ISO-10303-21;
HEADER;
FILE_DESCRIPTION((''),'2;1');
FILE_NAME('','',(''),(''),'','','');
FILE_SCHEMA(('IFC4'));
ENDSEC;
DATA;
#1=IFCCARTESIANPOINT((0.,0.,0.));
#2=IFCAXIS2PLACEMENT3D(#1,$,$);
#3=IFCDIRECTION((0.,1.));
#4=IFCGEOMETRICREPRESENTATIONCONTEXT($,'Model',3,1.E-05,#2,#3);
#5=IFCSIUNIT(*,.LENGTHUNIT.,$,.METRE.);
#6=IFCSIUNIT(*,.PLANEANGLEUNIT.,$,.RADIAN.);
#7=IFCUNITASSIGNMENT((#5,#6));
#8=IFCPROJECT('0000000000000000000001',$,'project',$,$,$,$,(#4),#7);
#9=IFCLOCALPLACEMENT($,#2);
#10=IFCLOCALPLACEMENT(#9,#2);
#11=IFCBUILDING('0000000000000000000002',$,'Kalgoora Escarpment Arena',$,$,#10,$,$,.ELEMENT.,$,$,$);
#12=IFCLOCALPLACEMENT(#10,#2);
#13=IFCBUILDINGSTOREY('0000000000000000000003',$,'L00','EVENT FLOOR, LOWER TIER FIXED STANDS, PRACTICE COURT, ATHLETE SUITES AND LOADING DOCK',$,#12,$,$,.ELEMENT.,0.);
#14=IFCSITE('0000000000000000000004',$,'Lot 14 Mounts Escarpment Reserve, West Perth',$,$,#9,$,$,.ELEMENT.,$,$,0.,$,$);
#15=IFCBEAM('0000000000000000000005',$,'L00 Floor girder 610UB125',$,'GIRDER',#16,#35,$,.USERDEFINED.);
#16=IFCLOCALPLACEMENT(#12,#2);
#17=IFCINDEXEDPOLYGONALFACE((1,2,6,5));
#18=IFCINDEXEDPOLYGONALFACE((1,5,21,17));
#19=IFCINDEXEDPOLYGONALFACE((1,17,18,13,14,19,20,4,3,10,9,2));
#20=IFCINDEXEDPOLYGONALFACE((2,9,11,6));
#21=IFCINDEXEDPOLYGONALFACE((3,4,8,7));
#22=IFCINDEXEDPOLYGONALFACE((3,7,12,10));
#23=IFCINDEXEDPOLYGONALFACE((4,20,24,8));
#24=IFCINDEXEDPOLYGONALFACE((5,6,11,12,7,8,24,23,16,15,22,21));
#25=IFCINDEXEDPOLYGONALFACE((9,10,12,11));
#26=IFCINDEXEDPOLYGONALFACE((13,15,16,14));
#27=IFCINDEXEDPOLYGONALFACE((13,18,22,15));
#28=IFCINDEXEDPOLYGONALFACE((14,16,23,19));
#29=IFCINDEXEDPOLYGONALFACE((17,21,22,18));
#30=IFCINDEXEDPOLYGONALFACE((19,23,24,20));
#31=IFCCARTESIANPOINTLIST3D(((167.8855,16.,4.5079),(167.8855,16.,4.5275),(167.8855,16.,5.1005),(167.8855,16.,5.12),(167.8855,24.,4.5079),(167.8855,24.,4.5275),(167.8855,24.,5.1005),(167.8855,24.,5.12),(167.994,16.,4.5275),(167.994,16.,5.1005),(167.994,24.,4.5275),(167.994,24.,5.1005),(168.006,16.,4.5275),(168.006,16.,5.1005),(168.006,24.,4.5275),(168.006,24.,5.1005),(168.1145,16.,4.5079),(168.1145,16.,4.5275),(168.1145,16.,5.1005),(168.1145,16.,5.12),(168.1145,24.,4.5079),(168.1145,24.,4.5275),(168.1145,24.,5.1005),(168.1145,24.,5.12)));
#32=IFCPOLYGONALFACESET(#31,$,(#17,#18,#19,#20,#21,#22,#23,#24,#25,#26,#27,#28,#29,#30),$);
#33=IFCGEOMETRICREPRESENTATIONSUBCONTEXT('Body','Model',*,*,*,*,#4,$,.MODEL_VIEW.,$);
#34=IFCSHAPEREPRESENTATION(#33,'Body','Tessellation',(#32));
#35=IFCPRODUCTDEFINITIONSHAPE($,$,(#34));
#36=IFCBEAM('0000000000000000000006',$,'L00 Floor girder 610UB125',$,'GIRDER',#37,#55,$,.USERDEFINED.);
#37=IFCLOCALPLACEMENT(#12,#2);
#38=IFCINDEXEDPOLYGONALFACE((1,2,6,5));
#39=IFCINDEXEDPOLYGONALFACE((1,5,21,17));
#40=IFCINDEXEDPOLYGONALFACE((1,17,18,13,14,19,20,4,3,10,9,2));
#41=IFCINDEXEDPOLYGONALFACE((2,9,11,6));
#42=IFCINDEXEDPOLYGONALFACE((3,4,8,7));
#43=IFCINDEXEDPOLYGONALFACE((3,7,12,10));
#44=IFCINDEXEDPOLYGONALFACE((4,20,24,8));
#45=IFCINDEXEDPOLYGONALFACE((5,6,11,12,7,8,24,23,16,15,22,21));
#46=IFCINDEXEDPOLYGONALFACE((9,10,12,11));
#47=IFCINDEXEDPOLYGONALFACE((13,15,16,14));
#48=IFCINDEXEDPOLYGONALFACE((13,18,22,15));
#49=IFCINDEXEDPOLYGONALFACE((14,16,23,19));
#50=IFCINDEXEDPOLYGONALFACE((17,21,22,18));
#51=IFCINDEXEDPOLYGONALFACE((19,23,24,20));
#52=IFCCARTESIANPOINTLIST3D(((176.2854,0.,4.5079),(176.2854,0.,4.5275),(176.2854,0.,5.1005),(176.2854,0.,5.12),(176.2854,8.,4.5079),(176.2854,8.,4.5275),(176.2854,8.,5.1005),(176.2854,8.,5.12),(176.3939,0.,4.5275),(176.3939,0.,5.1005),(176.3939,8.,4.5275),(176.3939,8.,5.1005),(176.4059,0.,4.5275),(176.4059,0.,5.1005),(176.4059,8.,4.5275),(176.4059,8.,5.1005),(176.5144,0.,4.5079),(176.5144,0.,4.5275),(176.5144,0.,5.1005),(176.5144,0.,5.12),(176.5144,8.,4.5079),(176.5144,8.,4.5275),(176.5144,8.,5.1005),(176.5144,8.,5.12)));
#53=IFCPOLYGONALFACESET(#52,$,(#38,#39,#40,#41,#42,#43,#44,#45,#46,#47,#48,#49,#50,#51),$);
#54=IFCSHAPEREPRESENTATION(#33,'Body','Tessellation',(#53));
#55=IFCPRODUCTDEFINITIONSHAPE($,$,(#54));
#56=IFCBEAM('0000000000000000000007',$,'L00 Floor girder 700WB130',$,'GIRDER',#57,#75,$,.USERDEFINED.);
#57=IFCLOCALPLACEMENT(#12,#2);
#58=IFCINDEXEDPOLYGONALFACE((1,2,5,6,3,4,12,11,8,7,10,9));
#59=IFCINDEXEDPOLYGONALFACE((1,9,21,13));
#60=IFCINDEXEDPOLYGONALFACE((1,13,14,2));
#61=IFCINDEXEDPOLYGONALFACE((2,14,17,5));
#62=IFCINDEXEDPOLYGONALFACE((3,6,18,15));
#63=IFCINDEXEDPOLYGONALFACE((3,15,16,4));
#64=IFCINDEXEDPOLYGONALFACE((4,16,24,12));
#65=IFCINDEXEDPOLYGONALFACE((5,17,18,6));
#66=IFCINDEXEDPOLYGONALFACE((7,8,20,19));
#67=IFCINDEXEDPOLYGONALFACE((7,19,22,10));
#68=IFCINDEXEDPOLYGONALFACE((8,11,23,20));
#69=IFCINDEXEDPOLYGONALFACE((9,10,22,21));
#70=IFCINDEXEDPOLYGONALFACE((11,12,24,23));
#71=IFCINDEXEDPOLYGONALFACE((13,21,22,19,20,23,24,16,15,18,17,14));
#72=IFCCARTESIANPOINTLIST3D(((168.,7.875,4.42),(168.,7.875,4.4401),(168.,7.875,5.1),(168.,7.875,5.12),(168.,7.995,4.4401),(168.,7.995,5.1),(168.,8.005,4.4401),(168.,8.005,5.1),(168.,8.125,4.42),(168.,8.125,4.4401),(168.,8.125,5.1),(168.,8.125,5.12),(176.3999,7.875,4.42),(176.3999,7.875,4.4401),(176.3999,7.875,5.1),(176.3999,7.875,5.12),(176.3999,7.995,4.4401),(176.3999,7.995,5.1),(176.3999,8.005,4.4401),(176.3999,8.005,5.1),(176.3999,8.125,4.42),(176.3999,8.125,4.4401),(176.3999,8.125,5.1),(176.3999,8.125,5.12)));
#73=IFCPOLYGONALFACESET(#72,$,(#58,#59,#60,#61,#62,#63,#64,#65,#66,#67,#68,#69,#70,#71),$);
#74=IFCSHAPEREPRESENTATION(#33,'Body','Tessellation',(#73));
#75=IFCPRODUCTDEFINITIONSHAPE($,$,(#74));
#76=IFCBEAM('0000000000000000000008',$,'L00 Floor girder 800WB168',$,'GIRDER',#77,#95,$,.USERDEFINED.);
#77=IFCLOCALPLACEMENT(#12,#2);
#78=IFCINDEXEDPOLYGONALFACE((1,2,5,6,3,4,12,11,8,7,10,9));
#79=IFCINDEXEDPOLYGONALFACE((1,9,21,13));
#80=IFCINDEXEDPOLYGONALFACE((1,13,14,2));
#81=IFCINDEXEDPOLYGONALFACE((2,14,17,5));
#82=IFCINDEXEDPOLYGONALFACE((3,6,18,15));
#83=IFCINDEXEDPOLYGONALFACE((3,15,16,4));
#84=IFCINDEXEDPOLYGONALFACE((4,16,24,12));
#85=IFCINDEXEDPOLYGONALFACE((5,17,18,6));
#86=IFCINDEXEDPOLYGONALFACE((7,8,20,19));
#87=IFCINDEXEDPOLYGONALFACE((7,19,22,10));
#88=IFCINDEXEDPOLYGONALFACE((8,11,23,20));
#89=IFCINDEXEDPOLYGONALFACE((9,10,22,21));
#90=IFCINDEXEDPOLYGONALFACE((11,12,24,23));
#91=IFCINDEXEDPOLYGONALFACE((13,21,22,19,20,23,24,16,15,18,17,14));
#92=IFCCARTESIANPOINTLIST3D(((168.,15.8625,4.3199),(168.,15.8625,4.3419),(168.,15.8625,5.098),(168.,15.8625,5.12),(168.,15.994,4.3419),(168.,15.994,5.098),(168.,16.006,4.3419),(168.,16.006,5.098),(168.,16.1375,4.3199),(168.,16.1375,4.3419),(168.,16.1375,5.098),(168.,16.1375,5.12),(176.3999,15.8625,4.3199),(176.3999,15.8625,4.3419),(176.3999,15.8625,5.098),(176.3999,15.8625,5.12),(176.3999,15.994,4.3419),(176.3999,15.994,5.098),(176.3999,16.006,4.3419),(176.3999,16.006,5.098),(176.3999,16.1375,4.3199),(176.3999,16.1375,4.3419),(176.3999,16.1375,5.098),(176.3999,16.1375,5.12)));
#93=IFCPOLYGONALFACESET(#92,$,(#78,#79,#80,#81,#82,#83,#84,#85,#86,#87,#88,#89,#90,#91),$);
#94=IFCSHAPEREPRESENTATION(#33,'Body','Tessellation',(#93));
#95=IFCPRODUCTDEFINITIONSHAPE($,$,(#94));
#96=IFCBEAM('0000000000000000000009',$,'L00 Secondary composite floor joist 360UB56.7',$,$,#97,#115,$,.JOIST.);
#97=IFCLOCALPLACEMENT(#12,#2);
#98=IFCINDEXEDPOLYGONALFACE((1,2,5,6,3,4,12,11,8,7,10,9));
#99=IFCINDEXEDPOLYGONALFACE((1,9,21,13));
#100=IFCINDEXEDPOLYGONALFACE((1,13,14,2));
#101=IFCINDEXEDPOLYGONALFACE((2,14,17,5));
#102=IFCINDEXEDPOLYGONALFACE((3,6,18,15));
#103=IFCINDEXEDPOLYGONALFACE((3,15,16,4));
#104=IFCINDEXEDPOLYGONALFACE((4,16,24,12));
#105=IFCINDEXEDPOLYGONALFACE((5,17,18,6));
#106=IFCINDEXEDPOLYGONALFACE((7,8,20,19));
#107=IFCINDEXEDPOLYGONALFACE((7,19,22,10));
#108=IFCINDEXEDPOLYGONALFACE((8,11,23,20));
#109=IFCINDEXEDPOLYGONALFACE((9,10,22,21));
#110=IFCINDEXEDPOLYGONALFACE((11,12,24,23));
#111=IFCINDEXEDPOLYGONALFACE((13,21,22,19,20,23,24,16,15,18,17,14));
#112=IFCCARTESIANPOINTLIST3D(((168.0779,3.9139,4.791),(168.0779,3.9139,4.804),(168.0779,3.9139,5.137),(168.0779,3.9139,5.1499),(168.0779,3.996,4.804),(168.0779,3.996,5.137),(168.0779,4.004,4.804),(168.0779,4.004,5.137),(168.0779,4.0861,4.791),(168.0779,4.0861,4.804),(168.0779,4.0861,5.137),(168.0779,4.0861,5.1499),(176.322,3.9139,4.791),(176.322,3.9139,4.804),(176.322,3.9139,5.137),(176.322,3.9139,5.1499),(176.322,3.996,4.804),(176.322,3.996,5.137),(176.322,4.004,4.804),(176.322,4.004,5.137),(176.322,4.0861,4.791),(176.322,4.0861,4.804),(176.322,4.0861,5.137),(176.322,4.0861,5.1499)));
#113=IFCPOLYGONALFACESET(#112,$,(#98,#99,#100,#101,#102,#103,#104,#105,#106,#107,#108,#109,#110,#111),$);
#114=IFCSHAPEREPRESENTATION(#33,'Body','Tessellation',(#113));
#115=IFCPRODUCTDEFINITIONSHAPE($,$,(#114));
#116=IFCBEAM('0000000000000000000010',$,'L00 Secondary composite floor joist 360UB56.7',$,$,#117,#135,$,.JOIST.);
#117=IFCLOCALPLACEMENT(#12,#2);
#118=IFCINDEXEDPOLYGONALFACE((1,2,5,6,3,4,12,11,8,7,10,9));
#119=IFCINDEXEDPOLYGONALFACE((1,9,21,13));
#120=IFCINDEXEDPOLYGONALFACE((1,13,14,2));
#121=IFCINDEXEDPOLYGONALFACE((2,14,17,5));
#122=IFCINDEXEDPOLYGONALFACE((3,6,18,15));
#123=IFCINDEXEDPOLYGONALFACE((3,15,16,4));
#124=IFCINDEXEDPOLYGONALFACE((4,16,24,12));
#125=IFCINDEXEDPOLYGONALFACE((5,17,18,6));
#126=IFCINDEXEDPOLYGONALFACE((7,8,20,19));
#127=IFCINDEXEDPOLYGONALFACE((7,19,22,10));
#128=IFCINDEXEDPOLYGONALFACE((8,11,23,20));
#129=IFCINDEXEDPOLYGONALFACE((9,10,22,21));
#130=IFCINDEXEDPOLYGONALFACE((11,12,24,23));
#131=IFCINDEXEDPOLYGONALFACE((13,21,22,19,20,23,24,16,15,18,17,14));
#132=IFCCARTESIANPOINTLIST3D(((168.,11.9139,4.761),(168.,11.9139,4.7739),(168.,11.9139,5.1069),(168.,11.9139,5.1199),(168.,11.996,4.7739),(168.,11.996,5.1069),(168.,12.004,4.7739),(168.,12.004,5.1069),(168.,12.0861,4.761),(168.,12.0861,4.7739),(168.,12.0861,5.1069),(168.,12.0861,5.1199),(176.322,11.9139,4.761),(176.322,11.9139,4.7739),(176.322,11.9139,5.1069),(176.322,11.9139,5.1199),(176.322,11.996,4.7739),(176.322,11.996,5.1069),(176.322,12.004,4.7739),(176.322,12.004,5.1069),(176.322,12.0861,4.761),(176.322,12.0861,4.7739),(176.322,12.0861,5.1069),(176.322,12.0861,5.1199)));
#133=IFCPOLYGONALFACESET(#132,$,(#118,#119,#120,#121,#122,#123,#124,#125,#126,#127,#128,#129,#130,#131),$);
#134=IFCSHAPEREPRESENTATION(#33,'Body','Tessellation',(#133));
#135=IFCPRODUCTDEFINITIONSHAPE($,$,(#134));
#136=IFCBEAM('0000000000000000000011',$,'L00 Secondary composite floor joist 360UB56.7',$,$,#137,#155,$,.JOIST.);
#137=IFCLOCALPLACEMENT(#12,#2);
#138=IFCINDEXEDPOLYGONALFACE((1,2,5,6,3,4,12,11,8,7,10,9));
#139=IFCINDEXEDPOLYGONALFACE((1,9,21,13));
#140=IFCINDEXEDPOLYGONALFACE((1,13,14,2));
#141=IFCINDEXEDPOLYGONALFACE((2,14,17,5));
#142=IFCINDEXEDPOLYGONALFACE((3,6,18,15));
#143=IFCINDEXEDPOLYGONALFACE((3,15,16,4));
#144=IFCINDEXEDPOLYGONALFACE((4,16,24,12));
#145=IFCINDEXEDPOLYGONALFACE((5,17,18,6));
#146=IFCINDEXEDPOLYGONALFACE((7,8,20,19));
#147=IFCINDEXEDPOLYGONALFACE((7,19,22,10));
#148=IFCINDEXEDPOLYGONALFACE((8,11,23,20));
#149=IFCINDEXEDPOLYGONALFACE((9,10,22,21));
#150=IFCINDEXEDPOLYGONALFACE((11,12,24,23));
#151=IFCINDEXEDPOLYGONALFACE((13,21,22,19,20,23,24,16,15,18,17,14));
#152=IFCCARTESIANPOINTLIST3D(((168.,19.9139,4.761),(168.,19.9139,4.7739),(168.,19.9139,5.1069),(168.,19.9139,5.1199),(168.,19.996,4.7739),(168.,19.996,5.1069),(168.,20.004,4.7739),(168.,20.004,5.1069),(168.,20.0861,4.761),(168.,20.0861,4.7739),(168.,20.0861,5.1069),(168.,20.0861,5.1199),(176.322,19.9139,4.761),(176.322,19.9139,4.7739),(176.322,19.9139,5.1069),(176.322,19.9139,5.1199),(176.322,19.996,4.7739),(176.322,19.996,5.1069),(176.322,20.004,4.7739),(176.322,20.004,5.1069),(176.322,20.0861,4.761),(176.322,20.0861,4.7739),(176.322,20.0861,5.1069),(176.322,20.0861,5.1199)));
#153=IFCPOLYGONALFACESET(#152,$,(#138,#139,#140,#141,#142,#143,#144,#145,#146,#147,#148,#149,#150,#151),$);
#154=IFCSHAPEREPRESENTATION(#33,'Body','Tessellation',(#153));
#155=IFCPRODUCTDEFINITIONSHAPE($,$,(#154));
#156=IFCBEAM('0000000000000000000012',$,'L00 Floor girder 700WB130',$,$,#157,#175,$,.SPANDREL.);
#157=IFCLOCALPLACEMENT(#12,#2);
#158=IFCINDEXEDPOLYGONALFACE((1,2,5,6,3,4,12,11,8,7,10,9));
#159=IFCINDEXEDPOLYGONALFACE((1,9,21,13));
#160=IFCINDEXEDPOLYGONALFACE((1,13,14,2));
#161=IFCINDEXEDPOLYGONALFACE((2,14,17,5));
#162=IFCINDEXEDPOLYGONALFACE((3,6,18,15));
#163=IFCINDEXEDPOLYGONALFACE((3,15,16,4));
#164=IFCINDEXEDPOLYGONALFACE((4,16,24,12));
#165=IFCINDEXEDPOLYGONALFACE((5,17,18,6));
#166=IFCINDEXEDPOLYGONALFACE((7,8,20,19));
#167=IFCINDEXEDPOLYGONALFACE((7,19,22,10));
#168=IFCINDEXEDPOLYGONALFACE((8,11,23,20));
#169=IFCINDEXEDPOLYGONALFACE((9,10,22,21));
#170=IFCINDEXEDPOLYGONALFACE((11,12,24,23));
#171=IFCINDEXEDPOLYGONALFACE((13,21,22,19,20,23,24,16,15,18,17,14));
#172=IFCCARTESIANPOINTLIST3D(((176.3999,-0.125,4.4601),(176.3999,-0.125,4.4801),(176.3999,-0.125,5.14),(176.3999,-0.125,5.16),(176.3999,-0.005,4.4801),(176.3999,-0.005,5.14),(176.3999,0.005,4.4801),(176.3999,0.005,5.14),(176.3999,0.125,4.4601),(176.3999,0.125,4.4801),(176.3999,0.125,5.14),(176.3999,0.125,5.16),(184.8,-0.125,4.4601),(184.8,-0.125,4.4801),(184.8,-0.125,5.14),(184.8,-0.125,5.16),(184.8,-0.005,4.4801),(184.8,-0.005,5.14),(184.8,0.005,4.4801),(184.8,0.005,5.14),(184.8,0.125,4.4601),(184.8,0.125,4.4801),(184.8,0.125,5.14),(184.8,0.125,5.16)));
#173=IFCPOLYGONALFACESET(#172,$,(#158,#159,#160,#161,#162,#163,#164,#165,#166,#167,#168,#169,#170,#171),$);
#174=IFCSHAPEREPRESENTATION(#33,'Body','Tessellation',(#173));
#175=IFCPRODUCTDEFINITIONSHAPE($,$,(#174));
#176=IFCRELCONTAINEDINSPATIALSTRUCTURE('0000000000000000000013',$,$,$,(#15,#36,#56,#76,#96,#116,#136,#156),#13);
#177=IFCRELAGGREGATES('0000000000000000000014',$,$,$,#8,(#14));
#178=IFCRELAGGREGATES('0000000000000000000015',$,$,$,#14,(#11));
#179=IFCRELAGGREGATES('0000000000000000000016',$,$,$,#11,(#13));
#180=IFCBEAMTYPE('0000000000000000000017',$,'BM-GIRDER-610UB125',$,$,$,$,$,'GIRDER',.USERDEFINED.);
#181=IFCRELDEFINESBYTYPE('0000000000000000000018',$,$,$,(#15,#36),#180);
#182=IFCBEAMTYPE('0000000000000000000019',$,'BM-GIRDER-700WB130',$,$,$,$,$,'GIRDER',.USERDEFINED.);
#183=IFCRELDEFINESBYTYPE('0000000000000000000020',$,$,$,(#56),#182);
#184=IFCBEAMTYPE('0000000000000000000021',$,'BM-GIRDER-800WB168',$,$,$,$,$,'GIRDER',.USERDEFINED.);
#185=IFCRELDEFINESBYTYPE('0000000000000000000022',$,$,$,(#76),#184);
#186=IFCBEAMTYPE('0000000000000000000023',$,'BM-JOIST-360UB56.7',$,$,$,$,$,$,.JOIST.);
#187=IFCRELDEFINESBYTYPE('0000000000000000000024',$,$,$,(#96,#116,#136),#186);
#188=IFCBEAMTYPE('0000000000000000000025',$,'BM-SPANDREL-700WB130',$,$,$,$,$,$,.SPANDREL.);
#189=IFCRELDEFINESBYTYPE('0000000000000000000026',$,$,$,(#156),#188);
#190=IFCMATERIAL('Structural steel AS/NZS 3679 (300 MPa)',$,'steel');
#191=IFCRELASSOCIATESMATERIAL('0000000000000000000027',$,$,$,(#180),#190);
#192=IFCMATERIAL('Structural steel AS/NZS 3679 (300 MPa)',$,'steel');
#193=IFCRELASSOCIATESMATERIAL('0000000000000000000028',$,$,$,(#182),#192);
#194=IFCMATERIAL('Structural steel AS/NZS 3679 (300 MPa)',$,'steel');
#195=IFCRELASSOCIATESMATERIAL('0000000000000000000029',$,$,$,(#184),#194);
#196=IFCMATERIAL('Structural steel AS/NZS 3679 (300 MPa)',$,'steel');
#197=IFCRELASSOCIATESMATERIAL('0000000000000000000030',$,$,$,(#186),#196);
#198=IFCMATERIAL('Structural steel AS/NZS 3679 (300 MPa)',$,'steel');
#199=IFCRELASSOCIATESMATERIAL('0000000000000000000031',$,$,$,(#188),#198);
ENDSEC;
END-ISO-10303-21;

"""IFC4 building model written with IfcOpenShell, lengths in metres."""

from ifc_helpers import new_model, si_unit, direction, frame, origin, origin_2d, place, context, subcontext, project, spatial, i_section, extrude, material, material_profile, profile_set, type_object, element, save


model = new_model("IFC4")

# Units and contexts
model_context = context("Model", 3, precision=1e-05, world=origin(), true_north=direction((0.0, 1.0)))
body_context = subcontext(model_context, "Body", "Model", "MODEL_VIEW")
ifc_project = project(units=[si_unit("LENGTHUNIT", "METRE"), si_unit("PLANEANGLEUNIT", "RADIAN")], contexts=[model_context])

# Site, building, storey
site_placement = place(None, origin())
site = spatial("IfcSite", under=ifc_project, at=site_placement, Name="Lot 14 Mounts Escarpment Reserve, West Perth", CompositionType="ELEMENT", RefElevation=0.0)
building_placement = place(site_placement, origin())
building = spatial("IfcBuilding", under=site, at=building_placement, Name="Kalgoora Escarpment Arena", CompositionType="ELEMENT")
storey_placement = place(building_placement, origin())
storey = spatial("IfcBuildingStorey", under=building, at=storey_placement, Name="L00", Description="EVENT FLOOR, LOWER TIER FIXED STANDS, PRACTICE COURT, ATHLETE SUITES AND LOADING DOCK", CompositionType="ELEMENT", Elevation=0.0)

# Beams
ifc_material_1 = material(Name="Structural steel AS/NZS 3679 (300 MPa)", Category="steel")
ifc_material_profile_1 = material_profile(ifc_material_1, i_section(OverallWidth=0.229, OverallDepth=0.6121, WebThickness=0.012, FlangeThickness=0.0195, at=origin_2d()))
ifc_profile_set_1 = profile_set([ifc_material_profile_1], Name="Structural steel AS/NZS 3679 (300 MPa)")
beam_type_1 = type_object("IfcBeamType", Name="BM-GIRDER-610UB125", ElementType="GIRDER", PredefinedType="USERDEFINED", material=ifc_profile_set_1)
for number, where, z_axis, x_axis, name in (
    (1, (168.0, 16.0, 4.814), (0.0, 1.0, 0.0), (-1.0, 0.0, 0.0), "L00 Floor girder 610UB125"),
    (2, (176.3999, 0.0, 4.814), (0.0, 1.0, 0.0), (-1.0, 0.0, 0.0), "L00 Floor girder 610UB125"),
):
    element("IfcBeam", number, at=place(storey_placement, frame(where, z_axis=z_axis, x_axis=x_axis)), inside=storey, type_object=beam_type_1, Name=name, ObjectType="GIRDER", PredefinedType="USERDEFINED", context=body_context, shape_type="SweptSolid", body=[
        extrude(i_section(OverallWidth=0.229, OverallDepth=0.6121, WebThickness=0.012, FlangeThickness=0.0195, at=origin_2d()), origin(), (0.0, 0.0, 1.0), 8.0),
    ])
ifc_material_2 = material(Name="Structural steel AS/NZS 3679 (300 MPa)", Category="steel")
ifc_material_profile_2 = material_profile(ifc_material_2, i_section(OverallWidth=0.25, OverallDepth=0.7, WebThickness=0.01, FlangeThickness=0.02, at=origin_2d()))
ifc_profile_set_2 = profile_set([ifc_material_profile_2], Name="Structural steel AS/NZS 3679 (300 MPa)")
beam_type_2 = type_object("IfcBeamType", Name="BM-GIRDER-700WB130", ElementType="GIRDER", PredefinedType="USERDEFINED", material=ifc_profile_set_2)
beam_1_placement = place(storey_placement, frame((168.0, 8.0, 4.77), z_axis=(1.0, 0.0, 0.0), x_axis=(0.0, 1.0, 0.0)))
element("IfcBeam", 3, at=beam_1_placement, inside=storey, type_object=beam_type_2, Name="L00 Floor girder 700WB130", ObjectType="GIRDER", PredefinedType="USERDEFINED", context=body_context, shape_type="SweptSolid", body=[
    extrude(i_section(OverallWidth=0.25, OverallDepth=0.7, WebThickness=0.01, FlangeThickness=0.02, at=origin_2d()), origin(), (0.0, 0.0, 1.0), 8.3999),
])
ifc_material_3 = material(Name="Structural steel AS/NZS 3679 (300 MPa)", Category="steel")
ifc_material_profile_3 = material_profile(ifc_material_3, i_section(OverallWidth=0.2749, OverallDepth=0.8, WebThickness=0.012, FlangeThickness=0.022, at=origin_2d()))
ifc_profile_set_3 = profile_set([ifc_material_profile_3], Name="Structural steel AS/NZS 3679 (300 MPa)")
beam_type_3 = type_object("IfcBeamType", Name="BM-GIRDER-800WB168", ElementType="GIRDER", PredefinedType="USERDEFINED", material=ifc_profile_set_3)
beam_2_placement = place(storey_placement, frame((168.0, 16.0, 4.72), z_axis=(1.0, 0.0, 0.0), x_axis=(0.0, 1.0, 0.0)))
element("IfcBeam", 4, at=beam_2_placement, inside=storey, type_object=beam_type_3, Name="L00 Floor girder 800WB168", ObjectType="GIRDER", PredefinedType="USERDEFINED", context=body_context, shape_type="SweptSolid", body=[
    extrude(i_section(OverallWidth=0.2749, OverallDepth=0.8, WebThickness=0.012, FlangeThickness=0.022, at=origin_2d()), origin(), (0.0, 0.0, 1.0), 8.3999),
])
ifc_material_4 = material(Name="Structural steel AS/NZS 3679 (300 MPa)", Category="steel")
ifc_material_profile_4 = material_profile(ifc_material_4, i_section(OverallWidth=0.1721, OverallDepth=0.3589, WebThickness=0.0081, FlangeThickness=0.0129, at=origin_2d()))
ifc_profile_set_4 = profile_set([ifc_material_profile_4], Name="Structural steel AS/NZS 3679 (300 MPa)")
beam_type_4 = type_object("IfcBeamType", Name="BM-JOIST-360UB56.7", PredefinedType="JOIST", material=ifc_profile_set_4)
beam_3_placement = place(storey_placement, frame((168.0779, 4.0, 4.9705), z_axis=(1.0, 0.0, 0.0), x_axis=(0.0, 1.0, 0.0)))
element("IfcBeam", 5, at=beam_3_placement, inside=storey, type_object=beam_type_4, Name="L00 Secondary composite floor joist 360UB56.7", PredefinedType="JOIST", context=body_context, shape_type="SweptSolid", body=[
    extrude(i_section(OverallWidth=0.1721, OverallDepth=0.3589, WebThickness=0.0081, FlangeThickness=0.0129, at=origin_2d()), origin(), (0.0, 0.0, 1.0), 8.2441),
])
for number, where, z_axis, x_axis, name in (
    (6, (168.0, 12.0, 4.9404), (1.0, 0.0, 0.0), (0.0, 1.0, 0.0), "L00 Secondary composite floor joist 360UB56.7"),
    (7, (168.0, 20.0, 4.9404), (1.0, 0.0, 0.0), (0.0, 1.0, 0.0), "L00 Secondary composite floor joist 360UB56.7"),
):
    element("IfcBeam", number, at=place(storey_placement, frame(where, z_axis=z_axis, x_axis=x_axis)), inside=storey, type_object=beam_type_4, Name=name, PredefinedType="JOIST", context=body_context, shape_type="SweptSolid", body=[
        extrude(i_section(OverallWidth=0.1721, OverallDepth=0.3589, WebThickness=0.0081, FlangeThickness=0.0129, at=origin_2d()), origin(), (0.0, 0.0, 1.0), 8.322),
    ])
ifc_material_5 = material(Name="Structural steel AS/NZS 3679 (300 MPa)", Category="steel")
ifc_material_profile_5 = material_profile(ifc_material_5, i_section(OverallWidth=0.25, OverallDepth=0.7, WebThickness=0.01, FlangeThickness=0.02, at=origin_2d()))
ifc_profile_set_5 = profile_set([ifc_material_profile_5], Name="Structural steel AS/NZS 3679 (300 MPa)")
beam_type_5 = type_object("IfcBeamType", Name="BM-SPANDREL-700WB130", PredefinedType="SPANDREL", material=ifc_profile_set_5)
beam_4_placement = place(storey_placement, frame((176.3999, 0.0, 4.8101), z_axis=(1.0, 0.0, 0.0), x_axis=(0.0, 1.0, 0.0)))
element("IfcBeam", 8, at=beam_4_placement, inside=storey, type_object=beam_type_5, Name="L00 Floor girder 700WB130", PredefinedType="SPANDREL", context=body_context, shape_type="SweptSolid", body=[
    extrude(i_section(OverallWidth=0.25, OverallDepth=0.7, WebThickness=0.01, FlangeThickness=0.02, at=origin_2d()), origin(), (0.0, 0.0, 1.0), 8.4001),
])

save(model, "model.ifc")
